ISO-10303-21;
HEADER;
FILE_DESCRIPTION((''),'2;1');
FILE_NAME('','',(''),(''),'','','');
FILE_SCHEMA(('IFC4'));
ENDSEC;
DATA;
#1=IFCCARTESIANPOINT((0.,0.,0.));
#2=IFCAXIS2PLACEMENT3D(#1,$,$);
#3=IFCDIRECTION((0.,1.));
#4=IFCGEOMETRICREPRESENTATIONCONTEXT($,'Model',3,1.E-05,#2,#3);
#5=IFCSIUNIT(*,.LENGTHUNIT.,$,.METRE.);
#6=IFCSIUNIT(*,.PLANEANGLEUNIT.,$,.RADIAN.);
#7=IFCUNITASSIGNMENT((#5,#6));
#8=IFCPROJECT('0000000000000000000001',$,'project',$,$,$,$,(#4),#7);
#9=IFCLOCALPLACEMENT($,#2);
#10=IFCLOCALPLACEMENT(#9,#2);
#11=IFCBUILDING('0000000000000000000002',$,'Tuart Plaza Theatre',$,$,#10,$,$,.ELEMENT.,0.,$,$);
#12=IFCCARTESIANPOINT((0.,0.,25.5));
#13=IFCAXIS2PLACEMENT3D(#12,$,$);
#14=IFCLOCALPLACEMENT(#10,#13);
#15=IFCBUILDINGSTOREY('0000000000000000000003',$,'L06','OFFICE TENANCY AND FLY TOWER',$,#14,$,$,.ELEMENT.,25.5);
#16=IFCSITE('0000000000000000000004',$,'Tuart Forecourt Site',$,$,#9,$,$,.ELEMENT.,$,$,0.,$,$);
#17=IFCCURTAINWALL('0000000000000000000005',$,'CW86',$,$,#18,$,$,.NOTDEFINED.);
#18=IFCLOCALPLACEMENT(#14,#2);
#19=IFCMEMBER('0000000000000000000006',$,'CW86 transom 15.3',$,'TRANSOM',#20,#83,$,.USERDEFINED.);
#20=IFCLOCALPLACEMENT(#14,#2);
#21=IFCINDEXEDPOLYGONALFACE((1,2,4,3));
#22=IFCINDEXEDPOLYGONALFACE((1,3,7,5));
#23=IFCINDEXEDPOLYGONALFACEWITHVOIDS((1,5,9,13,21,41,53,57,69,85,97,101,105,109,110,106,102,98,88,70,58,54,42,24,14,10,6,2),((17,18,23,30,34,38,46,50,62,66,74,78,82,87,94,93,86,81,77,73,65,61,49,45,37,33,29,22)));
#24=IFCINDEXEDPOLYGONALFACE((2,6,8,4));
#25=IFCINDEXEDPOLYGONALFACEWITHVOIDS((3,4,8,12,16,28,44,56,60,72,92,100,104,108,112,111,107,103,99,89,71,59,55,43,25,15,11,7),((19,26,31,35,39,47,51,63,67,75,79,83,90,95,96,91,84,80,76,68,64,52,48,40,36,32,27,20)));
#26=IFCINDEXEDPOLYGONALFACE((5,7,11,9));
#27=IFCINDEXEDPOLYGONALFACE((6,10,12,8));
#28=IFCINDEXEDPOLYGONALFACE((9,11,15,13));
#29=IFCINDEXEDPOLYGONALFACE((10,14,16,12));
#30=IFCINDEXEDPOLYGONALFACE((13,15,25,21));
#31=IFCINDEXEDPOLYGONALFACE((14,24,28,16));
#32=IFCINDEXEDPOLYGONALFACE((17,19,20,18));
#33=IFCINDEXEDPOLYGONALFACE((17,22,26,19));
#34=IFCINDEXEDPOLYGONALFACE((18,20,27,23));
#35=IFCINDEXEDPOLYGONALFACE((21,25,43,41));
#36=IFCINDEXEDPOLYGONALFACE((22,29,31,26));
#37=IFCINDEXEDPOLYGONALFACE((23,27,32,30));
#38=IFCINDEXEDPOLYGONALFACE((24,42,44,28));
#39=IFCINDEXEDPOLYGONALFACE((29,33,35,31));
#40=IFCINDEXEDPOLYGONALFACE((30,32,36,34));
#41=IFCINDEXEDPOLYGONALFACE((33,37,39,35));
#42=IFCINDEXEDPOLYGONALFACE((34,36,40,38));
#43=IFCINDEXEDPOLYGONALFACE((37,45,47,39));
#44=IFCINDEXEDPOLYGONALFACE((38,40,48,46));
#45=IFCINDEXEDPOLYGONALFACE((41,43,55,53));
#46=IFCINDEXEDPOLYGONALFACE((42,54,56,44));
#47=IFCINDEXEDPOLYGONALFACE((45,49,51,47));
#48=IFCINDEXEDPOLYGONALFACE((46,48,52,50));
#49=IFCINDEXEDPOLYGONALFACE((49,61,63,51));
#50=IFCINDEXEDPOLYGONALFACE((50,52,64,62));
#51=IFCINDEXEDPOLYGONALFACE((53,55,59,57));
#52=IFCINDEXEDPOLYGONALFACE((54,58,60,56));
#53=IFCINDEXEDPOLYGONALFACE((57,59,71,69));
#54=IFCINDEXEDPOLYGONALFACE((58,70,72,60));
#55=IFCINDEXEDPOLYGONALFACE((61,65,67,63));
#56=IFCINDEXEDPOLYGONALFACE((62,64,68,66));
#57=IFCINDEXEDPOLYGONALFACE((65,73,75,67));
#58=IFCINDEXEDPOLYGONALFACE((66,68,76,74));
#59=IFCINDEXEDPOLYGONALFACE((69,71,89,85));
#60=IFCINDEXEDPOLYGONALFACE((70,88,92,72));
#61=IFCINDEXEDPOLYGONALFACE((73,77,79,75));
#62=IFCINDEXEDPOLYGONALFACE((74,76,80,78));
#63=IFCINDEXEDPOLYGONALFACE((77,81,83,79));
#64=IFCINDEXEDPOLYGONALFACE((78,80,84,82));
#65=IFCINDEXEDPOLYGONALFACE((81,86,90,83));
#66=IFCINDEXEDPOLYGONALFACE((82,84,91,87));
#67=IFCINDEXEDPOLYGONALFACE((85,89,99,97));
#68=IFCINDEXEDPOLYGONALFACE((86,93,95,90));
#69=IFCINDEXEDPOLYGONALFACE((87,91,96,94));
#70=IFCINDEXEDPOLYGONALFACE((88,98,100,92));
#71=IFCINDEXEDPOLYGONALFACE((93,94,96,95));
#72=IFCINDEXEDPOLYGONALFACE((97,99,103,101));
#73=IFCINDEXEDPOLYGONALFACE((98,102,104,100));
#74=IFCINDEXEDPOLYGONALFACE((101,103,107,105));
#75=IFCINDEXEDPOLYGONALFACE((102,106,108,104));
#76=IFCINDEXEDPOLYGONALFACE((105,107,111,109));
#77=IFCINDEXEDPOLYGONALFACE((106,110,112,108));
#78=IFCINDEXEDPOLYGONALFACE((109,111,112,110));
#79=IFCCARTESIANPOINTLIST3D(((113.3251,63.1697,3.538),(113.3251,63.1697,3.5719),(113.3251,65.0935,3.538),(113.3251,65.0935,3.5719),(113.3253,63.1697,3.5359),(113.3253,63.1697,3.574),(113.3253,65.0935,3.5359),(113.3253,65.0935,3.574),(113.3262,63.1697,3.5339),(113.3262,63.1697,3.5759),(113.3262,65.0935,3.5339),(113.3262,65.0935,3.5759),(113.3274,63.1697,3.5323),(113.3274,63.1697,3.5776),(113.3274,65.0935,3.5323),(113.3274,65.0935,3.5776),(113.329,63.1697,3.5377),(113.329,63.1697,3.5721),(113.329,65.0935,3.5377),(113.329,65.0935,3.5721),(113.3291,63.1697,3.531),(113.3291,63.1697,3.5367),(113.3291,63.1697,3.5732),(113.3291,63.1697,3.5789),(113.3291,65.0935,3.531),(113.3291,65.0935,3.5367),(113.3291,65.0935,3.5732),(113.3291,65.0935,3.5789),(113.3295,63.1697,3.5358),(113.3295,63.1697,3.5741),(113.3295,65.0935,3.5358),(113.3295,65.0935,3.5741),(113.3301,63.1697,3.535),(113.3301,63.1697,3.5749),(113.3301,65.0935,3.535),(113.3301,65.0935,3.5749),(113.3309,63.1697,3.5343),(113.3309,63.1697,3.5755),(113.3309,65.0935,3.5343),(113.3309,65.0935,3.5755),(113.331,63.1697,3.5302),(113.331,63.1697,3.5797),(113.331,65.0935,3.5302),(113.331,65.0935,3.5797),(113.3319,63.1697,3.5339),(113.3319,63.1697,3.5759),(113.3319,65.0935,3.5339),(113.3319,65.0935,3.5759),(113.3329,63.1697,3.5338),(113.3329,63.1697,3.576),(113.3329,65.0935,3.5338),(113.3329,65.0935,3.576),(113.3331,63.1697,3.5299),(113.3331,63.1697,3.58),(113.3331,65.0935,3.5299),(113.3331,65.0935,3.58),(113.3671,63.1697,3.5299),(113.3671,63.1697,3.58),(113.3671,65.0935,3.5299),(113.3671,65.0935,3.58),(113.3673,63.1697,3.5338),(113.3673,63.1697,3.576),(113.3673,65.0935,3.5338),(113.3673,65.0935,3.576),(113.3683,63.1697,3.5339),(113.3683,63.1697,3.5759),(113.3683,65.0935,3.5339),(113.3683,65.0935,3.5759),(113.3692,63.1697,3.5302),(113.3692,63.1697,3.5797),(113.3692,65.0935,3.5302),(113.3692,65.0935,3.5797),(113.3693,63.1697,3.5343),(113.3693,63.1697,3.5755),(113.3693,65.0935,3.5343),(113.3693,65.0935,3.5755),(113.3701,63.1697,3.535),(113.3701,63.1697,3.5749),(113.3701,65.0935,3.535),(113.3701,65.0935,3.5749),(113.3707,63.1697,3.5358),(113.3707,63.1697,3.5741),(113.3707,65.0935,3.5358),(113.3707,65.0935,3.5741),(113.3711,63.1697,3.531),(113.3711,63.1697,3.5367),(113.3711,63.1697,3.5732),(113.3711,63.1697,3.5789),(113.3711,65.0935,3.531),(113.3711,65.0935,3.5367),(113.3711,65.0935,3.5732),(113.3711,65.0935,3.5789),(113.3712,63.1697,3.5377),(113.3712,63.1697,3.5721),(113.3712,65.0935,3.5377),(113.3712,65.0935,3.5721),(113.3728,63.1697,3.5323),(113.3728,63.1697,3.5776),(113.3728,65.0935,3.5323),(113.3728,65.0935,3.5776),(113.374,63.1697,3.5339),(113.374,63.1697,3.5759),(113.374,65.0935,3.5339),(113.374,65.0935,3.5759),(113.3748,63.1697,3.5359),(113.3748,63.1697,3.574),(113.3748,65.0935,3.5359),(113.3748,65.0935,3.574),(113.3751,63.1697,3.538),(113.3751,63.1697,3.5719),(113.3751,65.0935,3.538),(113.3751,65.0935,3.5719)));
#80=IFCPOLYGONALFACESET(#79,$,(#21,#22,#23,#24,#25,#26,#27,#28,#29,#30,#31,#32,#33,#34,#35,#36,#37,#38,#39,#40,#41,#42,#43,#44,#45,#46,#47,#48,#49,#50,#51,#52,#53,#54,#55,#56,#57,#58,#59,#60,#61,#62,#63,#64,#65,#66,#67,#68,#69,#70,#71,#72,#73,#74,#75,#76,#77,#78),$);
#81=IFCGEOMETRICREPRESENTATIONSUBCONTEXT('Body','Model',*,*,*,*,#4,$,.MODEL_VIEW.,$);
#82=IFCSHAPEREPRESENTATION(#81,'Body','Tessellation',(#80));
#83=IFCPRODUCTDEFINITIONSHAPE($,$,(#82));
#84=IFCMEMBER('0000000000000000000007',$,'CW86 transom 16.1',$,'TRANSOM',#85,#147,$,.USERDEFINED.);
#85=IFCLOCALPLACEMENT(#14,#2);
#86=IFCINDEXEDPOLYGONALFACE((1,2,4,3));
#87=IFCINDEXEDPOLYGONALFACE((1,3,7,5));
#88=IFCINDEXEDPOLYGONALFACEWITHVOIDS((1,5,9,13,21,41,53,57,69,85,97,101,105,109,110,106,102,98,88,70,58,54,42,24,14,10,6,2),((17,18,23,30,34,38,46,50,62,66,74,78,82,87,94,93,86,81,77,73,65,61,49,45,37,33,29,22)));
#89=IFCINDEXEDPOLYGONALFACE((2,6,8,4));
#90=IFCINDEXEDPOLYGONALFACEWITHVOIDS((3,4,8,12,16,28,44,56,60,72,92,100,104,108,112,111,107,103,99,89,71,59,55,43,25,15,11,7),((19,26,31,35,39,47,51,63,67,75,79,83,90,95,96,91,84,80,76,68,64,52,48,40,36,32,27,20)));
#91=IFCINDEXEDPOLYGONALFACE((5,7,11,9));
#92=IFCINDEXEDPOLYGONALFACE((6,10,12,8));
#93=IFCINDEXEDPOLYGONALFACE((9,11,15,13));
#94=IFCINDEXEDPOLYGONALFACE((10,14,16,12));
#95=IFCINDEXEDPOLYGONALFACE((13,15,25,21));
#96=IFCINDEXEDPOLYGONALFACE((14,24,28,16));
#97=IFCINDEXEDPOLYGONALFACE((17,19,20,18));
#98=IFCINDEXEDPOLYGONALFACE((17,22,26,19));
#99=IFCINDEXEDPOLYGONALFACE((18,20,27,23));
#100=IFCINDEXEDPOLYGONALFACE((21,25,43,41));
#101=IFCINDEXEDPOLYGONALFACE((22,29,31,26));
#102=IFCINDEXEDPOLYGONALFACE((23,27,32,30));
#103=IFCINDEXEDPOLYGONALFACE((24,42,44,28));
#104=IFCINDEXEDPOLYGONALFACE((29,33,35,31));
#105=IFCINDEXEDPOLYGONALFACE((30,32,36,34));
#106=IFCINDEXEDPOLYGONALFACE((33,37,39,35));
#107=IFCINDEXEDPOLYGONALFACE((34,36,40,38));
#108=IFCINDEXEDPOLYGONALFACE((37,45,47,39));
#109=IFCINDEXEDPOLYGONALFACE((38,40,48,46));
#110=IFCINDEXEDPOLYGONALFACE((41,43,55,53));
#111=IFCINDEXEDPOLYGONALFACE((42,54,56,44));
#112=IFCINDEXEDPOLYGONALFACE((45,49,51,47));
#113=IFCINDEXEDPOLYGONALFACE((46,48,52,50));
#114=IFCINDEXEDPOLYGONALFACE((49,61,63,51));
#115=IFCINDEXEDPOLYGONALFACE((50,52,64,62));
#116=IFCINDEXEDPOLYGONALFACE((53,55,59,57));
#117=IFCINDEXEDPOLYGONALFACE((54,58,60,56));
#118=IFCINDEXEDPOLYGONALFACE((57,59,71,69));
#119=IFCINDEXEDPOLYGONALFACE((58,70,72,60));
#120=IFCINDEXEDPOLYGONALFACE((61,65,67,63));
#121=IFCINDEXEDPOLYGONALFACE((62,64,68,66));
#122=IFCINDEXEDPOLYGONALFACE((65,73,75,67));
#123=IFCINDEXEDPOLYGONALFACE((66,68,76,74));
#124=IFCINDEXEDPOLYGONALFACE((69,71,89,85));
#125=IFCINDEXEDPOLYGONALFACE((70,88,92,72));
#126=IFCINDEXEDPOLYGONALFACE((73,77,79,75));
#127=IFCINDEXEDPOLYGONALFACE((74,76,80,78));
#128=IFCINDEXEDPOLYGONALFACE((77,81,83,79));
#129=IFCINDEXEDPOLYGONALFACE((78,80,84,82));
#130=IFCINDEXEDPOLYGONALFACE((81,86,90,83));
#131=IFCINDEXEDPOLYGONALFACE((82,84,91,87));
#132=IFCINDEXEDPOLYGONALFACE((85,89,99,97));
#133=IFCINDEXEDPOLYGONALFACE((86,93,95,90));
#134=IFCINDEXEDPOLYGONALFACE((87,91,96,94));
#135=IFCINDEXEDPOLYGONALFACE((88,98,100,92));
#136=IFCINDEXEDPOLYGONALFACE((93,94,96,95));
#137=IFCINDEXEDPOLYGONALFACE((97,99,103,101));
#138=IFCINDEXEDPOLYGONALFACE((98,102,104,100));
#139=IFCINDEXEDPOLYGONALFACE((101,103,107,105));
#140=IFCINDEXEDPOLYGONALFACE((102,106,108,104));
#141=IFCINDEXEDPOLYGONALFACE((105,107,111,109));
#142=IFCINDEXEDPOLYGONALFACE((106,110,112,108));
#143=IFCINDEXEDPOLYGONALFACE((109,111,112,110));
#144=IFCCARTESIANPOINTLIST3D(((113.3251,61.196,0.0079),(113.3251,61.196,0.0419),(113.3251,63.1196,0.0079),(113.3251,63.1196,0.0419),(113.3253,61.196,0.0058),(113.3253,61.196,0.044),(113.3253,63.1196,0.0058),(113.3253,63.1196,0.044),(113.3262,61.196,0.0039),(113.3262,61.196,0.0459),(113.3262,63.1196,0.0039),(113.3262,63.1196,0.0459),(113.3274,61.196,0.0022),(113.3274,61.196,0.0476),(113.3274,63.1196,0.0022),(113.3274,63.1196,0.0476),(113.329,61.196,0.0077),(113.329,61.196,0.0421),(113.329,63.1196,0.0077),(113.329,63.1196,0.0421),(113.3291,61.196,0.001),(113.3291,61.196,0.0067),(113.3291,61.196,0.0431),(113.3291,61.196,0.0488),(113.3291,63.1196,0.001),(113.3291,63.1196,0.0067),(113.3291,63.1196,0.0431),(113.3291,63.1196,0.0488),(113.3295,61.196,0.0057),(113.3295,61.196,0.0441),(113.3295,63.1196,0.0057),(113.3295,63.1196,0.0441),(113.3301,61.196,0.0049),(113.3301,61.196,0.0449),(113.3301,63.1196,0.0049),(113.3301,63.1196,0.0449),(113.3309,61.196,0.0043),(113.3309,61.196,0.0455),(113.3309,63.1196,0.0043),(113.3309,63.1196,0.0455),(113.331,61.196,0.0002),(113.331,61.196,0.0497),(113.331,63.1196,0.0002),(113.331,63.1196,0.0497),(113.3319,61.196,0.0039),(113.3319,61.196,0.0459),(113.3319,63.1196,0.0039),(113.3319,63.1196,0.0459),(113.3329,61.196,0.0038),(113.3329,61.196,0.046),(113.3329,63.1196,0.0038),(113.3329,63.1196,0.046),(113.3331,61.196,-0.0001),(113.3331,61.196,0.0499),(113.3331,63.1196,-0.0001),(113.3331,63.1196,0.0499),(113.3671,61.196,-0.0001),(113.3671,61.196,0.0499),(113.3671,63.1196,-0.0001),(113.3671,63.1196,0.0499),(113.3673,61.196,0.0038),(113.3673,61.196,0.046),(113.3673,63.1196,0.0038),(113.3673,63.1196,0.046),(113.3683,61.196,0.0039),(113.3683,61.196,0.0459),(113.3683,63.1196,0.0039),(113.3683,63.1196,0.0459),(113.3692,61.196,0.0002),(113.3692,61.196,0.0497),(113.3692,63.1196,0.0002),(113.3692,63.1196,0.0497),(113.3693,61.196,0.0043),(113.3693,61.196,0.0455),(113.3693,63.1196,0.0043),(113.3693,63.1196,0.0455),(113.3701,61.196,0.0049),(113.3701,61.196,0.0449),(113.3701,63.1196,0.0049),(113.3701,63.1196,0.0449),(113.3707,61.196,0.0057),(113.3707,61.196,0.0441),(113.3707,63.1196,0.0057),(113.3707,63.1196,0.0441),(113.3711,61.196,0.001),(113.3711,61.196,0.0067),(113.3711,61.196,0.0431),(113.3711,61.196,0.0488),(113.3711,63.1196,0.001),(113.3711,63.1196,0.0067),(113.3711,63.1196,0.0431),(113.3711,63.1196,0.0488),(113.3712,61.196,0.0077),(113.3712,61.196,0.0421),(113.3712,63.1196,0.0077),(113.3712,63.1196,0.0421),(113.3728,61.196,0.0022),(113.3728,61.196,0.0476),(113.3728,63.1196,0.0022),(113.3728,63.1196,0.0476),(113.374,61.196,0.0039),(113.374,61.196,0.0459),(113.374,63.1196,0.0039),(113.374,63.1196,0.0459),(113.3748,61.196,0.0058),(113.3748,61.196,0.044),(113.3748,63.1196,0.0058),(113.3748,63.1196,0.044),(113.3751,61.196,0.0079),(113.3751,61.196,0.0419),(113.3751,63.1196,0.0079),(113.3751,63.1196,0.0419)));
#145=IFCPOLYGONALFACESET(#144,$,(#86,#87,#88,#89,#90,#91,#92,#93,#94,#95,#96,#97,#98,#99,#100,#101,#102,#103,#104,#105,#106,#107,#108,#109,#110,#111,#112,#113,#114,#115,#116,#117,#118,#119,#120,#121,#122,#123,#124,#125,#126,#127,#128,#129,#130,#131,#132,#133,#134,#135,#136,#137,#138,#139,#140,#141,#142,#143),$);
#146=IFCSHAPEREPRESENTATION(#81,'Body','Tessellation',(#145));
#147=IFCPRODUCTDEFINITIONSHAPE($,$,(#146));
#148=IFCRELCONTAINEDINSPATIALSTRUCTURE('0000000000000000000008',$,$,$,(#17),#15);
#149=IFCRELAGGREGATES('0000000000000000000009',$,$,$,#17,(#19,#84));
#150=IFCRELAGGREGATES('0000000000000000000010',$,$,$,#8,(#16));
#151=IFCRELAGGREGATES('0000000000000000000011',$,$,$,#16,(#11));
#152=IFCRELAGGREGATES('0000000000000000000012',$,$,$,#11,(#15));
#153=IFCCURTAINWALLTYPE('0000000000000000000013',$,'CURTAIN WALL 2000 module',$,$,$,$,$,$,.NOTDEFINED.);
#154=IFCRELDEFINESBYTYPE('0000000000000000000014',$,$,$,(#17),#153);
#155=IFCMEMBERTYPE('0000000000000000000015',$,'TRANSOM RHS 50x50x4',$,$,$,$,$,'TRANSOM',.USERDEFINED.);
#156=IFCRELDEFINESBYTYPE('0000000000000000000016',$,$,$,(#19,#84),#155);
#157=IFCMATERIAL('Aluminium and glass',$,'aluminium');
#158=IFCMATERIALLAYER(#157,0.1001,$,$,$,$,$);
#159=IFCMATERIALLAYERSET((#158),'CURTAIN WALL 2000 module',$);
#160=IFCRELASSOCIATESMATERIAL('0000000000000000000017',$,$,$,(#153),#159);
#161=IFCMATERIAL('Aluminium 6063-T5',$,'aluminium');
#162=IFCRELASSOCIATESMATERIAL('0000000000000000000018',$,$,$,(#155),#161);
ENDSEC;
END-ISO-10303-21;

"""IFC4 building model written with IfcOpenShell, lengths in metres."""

from ifc_helpers import new_model, si_unit, direction, frame, origin, origin_2d, place, context, subcontext, project, spatial, hollow_rectangle, extrude, material, layer, layer_set, material_profile, profile_set, type_object, element, aggregate, save


model = new_model("IFC4")

# Units and contexts
model_context = context("Model", 3, precision=1e-05, world=origin(), true_north=direction((0.0, 1.0)))
body_context = subcontext(model_context, "Body", "Model", "MODEL_VIEW")
ifc_project = project(units=[si_unit("LENGTHUNIT", "METRE"), si_unit("PLANEANGLEUNIT", "RADIAN")], contexts=[model_context])

# Site, building, storey
site_placement = place(None, origin())
site = spatial("IfcSite", under=ifc_project, at=site_placement, Name="Tuart Forecourt Site", CompositionType="ELEMENT", RefElevation=0.0)
building_placement = place(site_placement, origin())
building = spatial("IfcBuilding", under=site, at=building_placement, Name="Tuart Plaza Theatre", CompositionType="ELEMENT", ElevationOfRefHeight=0.0)
storey_placement = place(building_placement, frame((0.0, 0.0, 25.5)))
storey = spatial("IfcBuildingStorey", under=building, at=storey_placement, Name="L06", Description="OFFICE TENANCY AND FLY TOWER", CompositionType="ELEMENT", Elevation=25.5)

# Curtain wall, members
ifc_material_1 = material(Name="Aluminium and glass", Category="aluminium")
ifc_layer_1 = layer(ifc_material_1, 0.1001)
ifc_layer_set_1 = layer_set([ifc_layer_1], Name="CURTAIN WALL 2000 module")
curtain_wall_type = type_object("IfcCurtainWallType", Name="CURTAIN WALL 2000 module", PredefinedType="NOTDEFINED", material=ifc_layer_set_1)
curtain_wall_placement = place(storey_placement, origin())
curtain_wall = element("IfcCurtainWall", 1, at=curtain_wall_placement, inside=storey, type_object=curtain_wall_type, Name="CW86", PredefinedType="NOTDEFINED")
ifc_material_2 = material(Name="Aluminium 6063-T5", Category="aluminium")
ifc_material_profile_1 = material_profile(ifc_material_2, hollow_rectangle(XDim=0.05, YDim=0.05, WallThickness=0.0039, InnerFilletRadius=0.0039, OuterFilletRadius=0.0081, at=origin_2d()), Name="RHS 50x50x4")
ifc_profile_set_1 = profile_set([ifc_material_profile_1], Name="Aluminium 6063-T5")
member_type = type_object("IfcMemberType", Name="TRANSOM RHS 50x50x4", ElementType="TRANSOM", PredefinedType="USERDEFINED", material=ifc_profile_set_1)
member_1_placement = place(storey_placement, frame((113.3501, 65.0935, 3.5549), z_axis=(0.0, -1.0, 0.0), x_axis=(1.0, 0.0, 0.0)))
member_1 = element("IfcMember", 2, at=member_1_placement, type_object=member_type, Name="CW86 transom 15.3", ObjectType="TRANSOM", PredefinedType="USERDEFINED", context=body_context, shape_type="SweptSolid", body=[
    extrude(hollow_rectangle(XDim=0.05, YDim=0.05, WallThickness=0.0039, InnerFilletRadius=0.0039, OuterFilletRadius=0.0081, at=origin_2d()), origin(), (0.0, 0.0, 1.0), 1.9238),
])
member_2_placement = place(storey_placement, frame((113.3501, 63.1196, 0.0249), z_axis=(0.0, -1.0, 0.0), x_axis=(1.0, 0.0, 0.0)))
member_2 = element("IfcMember", 3, at=member_2_placement, type_object=member_type, Name="CW86 transom 16.1", ObjectType="TRANSOM", PredefinedType="USERDEFINED", context=body_context, shape_type="SweptSolid", body=[
    extrude(hollow_rectangle(XDim=0.05, YDim=0.05, WallThickness=0.0039, InnerFilletRadius=0.0039, OuterFilletRadius=0.0081, at=origin_2d()), origin(), (0.0, 0.0, 1.0), 1.9236),
])
aggregate(curtain_wall, [member_1, member_2])

save(model, "model.ifc")
